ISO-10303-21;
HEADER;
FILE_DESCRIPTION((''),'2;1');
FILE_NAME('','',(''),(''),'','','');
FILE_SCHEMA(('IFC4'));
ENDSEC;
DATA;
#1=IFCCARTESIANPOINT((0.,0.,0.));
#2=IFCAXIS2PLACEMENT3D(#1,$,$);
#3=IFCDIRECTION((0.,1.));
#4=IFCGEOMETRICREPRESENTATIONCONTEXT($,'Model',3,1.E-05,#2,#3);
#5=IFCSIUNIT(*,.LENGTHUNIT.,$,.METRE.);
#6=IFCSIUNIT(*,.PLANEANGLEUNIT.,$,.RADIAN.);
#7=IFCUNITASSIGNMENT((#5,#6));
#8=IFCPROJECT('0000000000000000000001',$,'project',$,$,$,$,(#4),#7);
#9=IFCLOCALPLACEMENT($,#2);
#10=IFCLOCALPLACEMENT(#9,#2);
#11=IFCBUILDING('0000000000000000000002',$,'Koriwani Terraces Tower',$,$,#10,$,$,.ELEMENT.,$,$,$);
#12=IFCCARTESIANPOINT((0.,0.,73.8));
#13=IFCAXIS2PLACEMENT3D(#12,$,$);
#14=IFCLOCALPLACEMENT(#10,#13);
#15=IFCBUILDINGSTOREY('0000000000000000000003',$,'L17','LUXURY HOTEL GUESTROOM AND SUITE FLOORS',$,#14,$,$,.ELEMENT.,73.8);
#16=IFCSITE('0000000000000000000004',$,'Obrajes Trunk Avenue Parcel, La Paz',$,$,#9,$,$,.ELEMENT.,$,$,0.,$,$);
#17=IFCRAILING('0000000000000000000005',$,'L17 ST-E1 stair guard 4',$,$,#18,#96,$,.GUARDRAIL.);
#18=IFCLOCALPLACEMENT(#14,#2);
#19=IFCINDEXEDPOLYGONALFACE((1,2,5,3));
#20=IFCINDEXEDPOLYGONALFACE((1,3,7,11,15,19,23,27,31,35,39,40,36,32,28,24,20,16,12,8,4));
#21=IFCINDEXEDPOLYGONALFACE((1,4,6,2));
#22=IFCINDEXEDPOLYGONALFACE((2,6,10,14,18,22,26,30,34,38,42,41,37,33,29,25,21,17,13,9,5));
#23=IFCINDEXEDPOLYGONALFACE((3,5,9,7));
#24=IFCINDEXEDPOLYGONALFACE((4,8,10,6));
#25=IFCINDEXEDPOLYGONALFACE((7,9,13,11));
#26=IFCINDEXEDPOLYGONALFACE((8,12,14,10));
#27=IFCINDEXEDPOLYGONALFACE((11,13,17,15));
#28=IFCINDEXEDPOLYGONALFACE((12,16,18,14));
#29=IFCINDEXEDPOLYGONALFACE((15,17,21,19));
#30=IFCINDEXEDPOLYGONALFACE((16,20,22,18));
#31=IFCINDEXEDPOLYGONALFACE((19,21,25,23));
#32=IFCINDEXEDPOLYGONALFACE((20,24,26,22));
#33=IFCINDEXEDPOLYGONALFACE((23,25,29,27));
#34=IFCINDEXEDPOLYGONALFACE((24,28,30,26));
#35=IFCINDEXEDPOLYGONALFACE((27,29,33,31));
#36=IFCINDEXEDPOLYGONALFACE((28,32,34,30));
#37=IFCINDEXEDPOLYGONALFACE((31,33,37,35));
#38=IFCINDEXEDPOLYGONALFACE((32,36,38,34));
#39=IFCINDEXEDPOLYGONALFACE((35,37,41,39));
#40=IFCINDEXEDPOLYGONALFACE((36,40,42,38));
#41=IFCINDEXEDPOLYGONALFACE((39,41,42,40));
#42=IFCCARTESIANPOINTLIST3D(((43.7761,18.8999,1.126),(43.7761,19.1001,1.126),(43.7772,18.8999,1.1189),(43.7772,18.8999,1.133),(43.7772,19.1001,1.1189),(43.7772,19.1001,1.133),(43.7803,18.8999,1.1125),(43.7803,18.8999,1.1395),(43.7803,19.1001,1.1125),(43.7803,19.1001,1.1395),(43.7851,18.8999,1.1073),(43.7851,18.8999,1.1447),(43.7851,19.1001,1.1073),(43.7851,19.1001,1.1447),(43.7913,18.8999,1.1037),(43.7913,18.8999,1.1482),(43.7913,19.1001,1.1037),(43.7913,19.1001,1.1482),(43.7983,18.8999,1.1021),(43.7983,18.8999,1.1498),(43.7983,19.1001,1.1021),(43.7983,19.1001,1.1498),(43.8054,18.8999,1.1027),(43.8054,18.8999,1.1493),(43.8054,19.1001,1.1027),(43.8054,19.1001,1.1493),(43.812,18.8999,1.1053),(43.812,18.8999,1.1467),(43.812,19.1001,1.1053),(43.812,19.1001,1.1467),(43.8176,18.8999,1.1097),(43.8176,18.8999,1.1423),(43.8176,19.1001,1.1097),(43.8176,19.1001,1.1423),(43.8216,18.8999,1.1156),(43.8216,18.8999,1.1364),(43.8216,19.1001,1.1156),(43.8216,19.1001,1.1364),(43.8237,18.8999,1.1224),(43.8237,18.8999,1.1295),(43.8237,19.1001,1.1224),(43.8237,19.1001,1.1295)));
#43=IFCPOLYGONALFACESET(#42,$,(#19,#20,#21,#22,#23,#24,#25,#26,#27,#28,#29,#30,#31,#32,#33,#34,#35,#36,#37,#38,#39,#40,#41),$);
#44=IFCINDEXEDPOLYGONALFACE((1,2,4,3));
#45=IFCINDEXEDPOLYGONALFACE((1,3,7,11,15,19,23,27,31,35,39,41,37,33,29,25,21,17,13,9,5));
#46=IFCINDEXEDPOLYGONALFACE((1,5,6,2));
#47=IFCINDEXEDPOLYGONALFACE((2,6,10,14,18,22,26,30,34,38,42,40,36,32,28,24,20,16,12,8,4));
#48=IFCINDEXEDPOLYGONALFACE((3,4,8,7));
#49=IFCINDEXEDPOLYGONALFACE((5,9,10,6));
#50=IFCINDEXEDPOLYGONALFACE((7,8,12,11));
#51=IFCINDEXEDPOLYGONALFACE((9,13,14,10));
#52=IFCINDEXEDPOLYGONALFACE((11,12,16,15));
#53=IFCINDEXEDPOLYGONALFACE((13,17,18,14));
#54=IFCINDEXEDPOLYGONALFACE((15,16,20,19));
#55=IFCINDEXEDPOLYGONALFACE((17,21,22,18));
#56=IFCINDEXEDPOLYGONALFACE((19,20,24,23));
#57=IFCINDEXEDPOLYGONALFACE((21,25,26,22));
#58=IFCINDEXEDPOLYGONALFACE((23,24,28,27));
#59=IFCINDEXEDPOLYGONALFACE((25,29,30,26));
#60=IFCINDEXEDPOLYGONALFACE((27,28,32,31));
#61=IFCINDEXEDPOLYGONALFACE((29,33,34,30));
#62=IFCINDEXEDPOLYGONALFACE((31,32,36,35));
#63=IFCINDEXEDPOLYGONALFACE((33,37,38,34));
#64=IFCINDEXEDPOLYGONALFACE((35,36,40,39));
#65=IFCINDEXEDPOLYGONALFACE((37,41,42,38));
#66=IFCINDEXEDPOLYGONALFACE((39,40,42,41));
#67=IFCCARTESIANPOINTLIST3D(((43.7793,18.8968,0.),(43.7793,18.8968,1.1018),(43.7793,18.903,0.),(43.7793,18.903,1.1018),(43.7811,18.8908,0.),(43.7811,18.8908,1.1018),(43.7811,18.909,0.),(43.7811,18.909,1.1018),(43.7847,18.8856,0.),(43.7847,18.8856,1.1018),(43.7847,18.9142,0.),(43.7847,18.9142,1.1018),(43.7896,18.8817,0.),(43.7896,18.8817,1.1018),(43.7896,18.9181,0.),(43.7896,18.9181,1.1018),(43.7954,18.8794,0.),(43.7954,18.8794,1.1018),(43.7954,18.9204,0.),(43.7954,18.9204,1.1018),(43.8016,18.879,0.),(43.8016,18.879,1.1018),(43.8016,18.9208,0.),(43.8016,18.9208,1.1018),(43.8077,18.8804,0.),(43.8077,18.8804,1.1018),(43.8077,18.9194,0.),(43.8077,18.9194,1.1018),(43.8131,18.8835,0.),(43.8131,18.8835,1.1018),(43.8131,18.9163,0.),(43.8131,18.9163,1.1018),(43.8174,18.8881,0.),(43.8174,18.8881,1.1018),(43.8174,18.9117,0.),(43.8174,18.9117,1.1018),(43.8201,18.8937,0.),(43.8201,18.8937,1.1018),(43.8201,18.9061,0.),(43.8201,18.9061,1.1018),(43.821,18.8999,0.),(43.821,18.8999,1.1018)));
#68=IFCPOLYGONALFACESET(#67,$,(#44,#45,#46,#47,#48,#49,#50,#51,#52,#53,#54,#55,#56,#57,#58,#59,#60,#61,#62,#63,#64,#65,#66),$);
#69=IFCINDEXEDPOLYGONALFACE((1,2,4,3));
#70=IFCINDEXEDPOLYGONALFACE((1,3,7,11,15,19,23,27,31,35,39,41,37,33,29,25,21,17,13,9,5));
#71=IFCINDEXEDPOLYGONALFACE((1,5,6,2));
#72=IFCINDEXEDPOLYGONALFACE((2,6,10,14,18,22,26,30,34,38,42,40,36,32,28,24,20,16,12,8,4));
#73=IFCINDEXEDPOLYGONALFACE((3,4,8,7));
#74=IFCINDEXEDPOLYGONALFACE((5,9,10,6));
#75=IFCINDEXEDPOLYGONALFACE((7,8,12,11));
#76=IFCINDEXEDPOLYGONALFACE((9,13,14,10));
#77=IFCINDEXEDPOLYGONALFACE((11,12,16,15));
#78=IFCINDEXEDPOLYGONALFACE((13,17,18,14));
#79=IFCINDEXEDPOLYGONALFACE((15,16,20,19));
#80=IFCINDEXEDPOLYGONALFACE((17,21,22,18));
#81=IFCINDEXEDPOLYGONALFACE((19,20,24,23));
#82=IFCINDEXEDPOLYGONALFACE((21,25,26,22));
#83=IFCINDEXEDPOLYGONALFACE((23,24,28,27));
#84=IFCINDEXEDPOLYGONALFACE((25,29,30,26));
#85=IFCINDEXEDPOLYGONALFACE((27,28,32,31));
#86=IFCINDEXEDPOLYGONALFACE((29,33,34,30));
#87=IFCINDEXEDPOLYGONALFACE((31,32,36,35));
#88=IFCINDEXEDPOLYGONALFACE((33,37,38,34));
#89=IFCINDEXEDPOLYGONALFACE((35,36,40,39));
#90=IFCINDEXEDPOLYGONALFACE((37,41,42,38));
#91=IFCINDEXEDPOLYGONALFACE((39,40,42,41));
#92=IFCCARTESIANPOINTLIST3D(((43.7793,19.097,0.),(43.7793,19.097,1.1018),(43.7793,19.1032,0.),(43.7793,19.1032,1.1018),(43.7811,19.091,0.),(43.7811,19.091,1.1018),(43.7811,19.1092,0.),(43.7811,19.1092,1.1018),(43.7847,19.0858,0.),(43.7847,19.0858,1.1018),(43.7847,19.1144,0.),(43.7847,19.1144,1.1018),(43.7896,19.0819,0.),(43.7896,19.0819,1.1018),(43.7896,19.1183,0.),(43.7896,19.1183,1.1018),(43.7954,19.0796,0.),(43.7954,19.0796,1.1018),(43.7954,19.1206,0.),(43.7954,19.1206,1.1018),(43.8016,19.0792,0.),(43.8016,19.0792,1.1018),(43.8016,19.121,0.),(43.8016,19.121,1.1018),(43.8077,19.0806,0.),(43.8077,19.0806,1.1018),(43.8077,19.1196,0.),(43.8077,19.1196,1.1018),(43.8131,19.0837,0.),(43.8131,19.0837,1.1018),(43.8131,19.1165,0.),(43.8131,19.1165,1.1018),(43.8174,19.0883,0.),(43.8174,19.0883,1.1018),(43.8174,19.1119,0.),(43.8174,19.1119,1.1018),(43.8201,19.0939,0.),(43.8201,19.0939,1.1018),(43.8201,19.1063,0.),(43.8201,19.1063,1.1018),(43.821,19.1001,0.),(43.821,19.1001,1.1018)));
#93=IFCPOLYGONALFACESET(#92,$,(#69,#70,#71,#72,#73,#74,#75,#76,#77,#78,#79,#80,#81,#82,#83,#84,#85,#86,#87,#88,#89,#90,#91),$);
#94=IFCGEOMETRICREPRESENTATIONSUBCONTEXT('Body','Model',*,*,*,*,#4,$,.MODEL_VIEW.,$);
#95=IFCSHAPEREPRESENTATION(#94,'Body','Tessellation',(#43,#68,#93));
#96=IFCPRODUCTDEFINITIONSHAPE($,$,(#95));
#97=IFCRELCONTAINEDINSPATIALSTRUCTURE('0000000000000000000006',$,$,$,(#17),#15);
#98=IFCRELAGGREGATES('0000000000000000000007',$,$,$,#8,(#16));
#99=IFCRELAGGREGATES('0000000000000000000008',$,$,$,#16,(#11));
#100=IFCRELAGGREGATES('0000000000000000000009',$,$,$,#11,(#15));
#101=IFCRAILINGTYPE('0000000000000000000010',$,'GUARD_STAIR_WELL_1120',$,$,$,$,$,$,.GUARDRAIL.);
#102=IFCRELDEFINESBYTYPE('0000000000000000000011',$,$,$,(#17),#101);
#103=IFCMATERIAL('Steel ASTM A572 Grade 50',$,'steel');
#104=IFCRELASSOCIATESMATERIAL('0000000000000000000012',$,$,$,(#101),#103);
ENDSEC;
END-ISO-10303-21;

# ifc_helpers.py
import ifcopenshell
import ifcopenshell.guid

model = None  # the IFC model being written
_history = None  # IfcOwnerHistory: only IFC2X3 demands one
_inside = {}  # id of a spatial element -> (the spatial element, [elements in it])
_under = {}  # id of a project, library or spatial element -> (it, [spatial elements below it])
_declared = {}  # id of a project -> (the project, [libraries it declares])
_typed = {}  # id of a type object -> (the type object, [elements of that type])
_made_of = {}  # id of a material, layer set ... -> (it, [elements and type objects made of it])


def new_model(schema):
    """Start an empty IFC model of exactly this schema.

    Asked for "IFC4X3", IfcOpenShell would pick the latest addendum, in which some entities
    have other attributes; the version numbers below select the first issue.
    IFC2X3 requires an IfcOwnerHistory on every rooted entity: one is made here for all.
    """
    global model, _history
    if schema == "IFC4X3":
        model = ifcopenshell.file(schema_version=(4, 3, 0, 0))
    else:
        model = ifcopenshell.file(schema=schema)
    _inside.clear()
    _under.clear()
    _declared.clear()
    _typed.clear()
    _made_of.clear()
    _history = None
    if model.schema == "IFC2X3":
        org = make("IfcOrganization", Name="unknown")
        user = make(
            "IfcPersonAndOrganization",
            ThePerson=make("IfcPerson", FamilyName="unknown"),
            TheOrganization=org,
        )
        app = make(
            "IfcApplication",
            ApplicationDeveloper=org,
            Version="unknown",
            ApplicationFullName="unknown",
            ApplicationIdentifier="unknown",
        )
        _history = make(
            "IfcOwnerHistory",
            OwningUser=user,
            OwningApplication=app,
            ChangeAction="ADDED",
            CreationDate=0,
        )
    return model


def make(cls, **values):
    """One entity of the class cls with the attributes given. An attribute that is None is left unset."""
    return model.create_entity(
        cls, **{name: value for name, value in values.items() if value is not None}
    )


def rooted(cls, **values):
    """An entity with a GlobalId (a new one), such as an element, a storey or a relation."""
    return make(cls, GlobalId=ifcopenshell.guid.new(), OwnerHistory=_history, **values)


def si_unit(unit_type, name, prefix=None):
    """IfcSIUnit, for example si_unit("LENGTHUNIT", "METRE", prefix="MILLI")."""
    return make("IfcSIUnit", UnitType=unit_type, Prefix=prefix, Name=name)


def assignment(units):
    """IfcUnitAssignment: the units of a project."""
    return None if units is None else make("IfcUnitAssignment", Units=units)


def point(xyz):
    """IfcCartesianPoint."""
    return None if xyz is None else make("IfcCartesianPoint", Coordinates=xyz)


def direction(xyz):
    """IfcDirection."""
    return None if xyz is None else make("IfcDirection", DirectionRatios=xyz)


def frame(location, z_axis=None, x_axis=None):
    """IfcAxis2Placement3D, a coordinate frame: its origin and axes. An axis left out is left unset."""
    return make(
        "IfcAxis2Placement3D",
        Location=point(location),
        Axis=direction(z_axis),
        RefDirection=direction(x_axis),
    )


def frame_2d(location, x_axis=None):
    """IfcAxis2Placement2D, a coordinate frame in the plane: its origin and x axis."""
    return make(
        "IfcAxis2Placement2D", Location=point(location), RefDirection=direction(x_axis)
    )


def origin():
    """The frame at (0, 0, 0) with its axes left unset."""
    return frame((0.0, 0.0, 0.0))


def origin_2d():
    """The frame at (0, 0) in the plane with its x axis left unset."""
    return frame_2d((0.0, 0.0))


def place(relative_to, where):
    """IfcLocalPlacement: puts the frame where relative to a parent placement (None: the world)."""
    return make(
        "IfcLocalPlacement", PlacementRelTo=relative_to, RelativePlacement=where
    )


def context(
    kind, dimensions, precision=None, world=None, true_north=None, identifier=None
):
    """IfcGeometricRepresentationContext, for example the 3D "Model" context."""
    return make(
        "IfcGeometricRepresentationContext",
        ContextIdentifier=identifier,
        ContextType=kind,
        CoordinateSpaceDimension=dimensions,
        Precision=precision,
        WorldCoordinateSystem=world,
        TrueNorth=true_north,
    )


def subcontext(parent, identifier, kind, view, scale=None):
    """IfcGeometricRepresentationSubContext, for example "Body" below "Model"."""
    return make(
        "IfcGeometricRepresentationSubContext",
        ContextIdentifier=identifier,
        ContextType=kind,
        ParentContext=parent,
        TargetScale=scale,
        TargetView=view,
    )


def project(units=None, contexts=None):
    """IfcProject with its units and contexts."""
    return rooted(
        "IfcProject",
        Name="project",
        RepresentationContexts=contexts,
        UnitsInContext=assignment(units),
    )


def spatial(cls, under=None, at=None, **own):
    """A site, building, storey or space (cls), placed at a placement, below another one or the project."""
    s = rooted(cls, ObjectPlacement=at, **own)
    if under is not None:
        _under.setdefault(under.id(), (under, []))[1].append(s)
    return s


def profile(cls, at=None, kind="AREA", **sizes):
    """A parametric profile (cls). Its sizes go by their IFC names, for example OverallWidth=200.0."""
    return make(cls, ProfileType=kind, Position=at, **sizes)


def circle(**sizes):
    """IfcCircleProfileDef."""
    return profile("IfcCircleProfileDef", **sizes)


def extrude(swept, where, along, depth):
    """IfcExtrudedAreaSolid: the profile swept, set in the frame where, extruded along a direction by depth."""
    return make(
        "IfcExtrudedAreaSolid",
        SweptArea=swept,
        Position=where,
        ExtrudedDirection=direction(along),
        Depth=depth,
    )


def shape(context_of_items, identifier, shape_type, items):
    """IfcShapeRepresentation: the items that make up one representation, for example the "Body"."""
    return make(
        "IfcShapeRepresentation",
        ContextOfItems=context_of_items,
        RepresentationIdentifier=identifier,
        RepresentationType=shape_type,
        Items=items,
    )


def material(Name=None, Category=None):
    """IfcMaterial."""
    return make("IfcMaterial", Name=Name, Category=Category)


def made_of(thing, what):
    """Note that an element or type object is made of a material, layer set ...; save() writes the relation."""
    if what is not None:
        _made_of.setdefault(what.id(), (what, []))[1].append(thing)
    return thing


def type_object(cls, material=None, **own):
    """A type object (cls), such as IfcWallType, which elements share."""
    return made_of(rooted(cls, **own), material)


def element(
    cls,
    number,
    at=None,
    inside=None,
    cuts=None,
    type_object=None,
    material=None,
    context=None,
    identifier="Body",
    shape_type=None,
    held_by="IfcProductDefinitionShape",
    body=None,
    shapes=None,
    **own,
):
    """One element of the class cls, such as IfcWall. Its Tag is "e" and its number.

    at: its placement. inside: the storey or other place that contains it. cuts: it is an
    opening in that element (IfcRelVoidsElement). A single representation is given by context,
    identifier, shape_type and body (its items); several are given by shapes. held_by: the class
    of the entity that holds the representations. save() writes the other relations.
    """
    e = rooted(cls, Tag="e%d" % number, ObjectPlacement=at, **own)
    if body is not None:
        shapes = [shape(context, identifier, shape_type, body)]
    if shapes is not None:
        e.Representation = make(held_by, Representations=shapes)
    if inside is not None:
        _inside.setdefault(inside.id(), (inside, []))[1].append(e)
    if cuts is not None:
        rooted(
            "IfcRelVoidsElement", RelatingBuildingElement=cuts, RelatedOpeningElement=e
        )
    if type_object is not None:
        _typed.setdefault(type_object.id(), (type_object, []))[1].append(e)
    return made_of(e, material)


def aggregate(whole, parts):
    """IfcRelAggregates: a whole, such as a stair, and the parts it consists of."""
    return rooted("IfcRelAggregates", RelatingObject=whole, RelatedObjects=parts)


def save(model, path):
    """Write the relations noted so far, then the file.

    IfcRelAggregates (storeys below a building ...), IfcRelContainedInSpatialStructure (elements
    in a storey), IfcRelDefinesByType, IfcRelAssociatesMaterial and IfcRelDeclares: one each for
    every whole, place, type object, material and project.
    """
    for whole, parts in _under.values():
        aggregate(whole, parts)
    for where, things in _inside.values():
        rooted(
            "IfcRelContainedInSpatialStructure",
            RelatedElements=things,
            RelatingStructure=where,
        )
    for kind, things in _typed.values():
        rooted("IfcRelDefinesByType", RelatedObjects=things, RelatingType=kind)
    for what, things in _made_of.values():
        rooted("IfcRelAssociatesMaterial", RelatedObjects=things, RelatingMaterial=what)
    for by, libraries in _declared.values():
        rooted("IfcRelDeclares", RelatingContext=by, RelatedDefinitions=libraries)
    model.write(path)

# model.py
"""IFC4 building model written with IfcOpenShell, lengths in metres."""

from ifc_helpers import new_model, si_unit, direction, frame, origin, origin_2d, place, context, subcontext, project, spatial, circle, extrude, material, type_object, element, save


model = new_model("IFC4")

# Units and contexts
model_context = context("Model", 3, precision=1e-05, world=origin(), true_north=direction((0.0, 1.0)))
body_context = subcontext(model_context, "Body", "Model", "MODEL_VIEW")
ifc_project = project(units=[si_unit("LENGTHUNIT", "METRE"), si_unit("PLANEANGLEUNIT", "RADIAN")], contexts=[model_context])

# Site, building, storey
site_placement = place(None, origin())
site = spatial("IfcSite", under=ifc_project, at=site_placement, Name="Obrajes Trunk Avenue Parcel, La Paz", CompositionType="ELEMENT", RefElevation=0.0)
building_placement = place(site_placement, origin())
building = spatial("IfcBuilding", under=site, at=building_placement, Name="Koriwani Terraces Tower", CompositionType="ELEMENT")
storey_placement = place(building_placement, frame((0.0, 0.0, 73.8)))
storey = spatial("IfcBuildingStorey", under=building, at=storey_placement, Name="L17", Description="LUXURY HOTEL GUESTROOM AND SUITE FLOORS", CompositionType="ELEMENT", Elevation=73.8)

# Shared definitions
ifc_material_1 = material(Name="Steel ASTM A572 Grade 50", Category="steel")

# Railing
railing_type_1 = type_object("IfcRailingType", Name="GUARD_STAIR_WELL_1120", PredefinedType="GUARDRAIL", material=ifc_material_1)
railing_1_placement = place(storey_placement, frame((43.8, 18.8999, 0.0)))
element("IfcRailing", 1, at=railing_1_placement, inside=storey, type_object=railing_type_1, Name="L17 ST-E1 stair guard 4", PredefinedType="GUARDRAIL", context=body_context, shape_type="SweptSolid", body=[
    extrude(circle(Radius=0.0239, at=origin_2d()), frame((0.0, 0.0, 1.126), z_axis=(0.0, 1.0, 0.0), x_axis=(-1.0, 0.0, 0.0)), (0.0, 0.0, 1.0), 0.2002),
    extrude(circle(Radius=0.021, at=origin_2d()), origin(), (0.0, 0.0, 1.0), 1.1018),
    extrude(circle(Radius=0.021, at=origin_2d()), frame((0.0, 0.2002, 0.0)), (0.0, 0.0, 1.0), 1.1018),
])

save(model, "model.ifc")
